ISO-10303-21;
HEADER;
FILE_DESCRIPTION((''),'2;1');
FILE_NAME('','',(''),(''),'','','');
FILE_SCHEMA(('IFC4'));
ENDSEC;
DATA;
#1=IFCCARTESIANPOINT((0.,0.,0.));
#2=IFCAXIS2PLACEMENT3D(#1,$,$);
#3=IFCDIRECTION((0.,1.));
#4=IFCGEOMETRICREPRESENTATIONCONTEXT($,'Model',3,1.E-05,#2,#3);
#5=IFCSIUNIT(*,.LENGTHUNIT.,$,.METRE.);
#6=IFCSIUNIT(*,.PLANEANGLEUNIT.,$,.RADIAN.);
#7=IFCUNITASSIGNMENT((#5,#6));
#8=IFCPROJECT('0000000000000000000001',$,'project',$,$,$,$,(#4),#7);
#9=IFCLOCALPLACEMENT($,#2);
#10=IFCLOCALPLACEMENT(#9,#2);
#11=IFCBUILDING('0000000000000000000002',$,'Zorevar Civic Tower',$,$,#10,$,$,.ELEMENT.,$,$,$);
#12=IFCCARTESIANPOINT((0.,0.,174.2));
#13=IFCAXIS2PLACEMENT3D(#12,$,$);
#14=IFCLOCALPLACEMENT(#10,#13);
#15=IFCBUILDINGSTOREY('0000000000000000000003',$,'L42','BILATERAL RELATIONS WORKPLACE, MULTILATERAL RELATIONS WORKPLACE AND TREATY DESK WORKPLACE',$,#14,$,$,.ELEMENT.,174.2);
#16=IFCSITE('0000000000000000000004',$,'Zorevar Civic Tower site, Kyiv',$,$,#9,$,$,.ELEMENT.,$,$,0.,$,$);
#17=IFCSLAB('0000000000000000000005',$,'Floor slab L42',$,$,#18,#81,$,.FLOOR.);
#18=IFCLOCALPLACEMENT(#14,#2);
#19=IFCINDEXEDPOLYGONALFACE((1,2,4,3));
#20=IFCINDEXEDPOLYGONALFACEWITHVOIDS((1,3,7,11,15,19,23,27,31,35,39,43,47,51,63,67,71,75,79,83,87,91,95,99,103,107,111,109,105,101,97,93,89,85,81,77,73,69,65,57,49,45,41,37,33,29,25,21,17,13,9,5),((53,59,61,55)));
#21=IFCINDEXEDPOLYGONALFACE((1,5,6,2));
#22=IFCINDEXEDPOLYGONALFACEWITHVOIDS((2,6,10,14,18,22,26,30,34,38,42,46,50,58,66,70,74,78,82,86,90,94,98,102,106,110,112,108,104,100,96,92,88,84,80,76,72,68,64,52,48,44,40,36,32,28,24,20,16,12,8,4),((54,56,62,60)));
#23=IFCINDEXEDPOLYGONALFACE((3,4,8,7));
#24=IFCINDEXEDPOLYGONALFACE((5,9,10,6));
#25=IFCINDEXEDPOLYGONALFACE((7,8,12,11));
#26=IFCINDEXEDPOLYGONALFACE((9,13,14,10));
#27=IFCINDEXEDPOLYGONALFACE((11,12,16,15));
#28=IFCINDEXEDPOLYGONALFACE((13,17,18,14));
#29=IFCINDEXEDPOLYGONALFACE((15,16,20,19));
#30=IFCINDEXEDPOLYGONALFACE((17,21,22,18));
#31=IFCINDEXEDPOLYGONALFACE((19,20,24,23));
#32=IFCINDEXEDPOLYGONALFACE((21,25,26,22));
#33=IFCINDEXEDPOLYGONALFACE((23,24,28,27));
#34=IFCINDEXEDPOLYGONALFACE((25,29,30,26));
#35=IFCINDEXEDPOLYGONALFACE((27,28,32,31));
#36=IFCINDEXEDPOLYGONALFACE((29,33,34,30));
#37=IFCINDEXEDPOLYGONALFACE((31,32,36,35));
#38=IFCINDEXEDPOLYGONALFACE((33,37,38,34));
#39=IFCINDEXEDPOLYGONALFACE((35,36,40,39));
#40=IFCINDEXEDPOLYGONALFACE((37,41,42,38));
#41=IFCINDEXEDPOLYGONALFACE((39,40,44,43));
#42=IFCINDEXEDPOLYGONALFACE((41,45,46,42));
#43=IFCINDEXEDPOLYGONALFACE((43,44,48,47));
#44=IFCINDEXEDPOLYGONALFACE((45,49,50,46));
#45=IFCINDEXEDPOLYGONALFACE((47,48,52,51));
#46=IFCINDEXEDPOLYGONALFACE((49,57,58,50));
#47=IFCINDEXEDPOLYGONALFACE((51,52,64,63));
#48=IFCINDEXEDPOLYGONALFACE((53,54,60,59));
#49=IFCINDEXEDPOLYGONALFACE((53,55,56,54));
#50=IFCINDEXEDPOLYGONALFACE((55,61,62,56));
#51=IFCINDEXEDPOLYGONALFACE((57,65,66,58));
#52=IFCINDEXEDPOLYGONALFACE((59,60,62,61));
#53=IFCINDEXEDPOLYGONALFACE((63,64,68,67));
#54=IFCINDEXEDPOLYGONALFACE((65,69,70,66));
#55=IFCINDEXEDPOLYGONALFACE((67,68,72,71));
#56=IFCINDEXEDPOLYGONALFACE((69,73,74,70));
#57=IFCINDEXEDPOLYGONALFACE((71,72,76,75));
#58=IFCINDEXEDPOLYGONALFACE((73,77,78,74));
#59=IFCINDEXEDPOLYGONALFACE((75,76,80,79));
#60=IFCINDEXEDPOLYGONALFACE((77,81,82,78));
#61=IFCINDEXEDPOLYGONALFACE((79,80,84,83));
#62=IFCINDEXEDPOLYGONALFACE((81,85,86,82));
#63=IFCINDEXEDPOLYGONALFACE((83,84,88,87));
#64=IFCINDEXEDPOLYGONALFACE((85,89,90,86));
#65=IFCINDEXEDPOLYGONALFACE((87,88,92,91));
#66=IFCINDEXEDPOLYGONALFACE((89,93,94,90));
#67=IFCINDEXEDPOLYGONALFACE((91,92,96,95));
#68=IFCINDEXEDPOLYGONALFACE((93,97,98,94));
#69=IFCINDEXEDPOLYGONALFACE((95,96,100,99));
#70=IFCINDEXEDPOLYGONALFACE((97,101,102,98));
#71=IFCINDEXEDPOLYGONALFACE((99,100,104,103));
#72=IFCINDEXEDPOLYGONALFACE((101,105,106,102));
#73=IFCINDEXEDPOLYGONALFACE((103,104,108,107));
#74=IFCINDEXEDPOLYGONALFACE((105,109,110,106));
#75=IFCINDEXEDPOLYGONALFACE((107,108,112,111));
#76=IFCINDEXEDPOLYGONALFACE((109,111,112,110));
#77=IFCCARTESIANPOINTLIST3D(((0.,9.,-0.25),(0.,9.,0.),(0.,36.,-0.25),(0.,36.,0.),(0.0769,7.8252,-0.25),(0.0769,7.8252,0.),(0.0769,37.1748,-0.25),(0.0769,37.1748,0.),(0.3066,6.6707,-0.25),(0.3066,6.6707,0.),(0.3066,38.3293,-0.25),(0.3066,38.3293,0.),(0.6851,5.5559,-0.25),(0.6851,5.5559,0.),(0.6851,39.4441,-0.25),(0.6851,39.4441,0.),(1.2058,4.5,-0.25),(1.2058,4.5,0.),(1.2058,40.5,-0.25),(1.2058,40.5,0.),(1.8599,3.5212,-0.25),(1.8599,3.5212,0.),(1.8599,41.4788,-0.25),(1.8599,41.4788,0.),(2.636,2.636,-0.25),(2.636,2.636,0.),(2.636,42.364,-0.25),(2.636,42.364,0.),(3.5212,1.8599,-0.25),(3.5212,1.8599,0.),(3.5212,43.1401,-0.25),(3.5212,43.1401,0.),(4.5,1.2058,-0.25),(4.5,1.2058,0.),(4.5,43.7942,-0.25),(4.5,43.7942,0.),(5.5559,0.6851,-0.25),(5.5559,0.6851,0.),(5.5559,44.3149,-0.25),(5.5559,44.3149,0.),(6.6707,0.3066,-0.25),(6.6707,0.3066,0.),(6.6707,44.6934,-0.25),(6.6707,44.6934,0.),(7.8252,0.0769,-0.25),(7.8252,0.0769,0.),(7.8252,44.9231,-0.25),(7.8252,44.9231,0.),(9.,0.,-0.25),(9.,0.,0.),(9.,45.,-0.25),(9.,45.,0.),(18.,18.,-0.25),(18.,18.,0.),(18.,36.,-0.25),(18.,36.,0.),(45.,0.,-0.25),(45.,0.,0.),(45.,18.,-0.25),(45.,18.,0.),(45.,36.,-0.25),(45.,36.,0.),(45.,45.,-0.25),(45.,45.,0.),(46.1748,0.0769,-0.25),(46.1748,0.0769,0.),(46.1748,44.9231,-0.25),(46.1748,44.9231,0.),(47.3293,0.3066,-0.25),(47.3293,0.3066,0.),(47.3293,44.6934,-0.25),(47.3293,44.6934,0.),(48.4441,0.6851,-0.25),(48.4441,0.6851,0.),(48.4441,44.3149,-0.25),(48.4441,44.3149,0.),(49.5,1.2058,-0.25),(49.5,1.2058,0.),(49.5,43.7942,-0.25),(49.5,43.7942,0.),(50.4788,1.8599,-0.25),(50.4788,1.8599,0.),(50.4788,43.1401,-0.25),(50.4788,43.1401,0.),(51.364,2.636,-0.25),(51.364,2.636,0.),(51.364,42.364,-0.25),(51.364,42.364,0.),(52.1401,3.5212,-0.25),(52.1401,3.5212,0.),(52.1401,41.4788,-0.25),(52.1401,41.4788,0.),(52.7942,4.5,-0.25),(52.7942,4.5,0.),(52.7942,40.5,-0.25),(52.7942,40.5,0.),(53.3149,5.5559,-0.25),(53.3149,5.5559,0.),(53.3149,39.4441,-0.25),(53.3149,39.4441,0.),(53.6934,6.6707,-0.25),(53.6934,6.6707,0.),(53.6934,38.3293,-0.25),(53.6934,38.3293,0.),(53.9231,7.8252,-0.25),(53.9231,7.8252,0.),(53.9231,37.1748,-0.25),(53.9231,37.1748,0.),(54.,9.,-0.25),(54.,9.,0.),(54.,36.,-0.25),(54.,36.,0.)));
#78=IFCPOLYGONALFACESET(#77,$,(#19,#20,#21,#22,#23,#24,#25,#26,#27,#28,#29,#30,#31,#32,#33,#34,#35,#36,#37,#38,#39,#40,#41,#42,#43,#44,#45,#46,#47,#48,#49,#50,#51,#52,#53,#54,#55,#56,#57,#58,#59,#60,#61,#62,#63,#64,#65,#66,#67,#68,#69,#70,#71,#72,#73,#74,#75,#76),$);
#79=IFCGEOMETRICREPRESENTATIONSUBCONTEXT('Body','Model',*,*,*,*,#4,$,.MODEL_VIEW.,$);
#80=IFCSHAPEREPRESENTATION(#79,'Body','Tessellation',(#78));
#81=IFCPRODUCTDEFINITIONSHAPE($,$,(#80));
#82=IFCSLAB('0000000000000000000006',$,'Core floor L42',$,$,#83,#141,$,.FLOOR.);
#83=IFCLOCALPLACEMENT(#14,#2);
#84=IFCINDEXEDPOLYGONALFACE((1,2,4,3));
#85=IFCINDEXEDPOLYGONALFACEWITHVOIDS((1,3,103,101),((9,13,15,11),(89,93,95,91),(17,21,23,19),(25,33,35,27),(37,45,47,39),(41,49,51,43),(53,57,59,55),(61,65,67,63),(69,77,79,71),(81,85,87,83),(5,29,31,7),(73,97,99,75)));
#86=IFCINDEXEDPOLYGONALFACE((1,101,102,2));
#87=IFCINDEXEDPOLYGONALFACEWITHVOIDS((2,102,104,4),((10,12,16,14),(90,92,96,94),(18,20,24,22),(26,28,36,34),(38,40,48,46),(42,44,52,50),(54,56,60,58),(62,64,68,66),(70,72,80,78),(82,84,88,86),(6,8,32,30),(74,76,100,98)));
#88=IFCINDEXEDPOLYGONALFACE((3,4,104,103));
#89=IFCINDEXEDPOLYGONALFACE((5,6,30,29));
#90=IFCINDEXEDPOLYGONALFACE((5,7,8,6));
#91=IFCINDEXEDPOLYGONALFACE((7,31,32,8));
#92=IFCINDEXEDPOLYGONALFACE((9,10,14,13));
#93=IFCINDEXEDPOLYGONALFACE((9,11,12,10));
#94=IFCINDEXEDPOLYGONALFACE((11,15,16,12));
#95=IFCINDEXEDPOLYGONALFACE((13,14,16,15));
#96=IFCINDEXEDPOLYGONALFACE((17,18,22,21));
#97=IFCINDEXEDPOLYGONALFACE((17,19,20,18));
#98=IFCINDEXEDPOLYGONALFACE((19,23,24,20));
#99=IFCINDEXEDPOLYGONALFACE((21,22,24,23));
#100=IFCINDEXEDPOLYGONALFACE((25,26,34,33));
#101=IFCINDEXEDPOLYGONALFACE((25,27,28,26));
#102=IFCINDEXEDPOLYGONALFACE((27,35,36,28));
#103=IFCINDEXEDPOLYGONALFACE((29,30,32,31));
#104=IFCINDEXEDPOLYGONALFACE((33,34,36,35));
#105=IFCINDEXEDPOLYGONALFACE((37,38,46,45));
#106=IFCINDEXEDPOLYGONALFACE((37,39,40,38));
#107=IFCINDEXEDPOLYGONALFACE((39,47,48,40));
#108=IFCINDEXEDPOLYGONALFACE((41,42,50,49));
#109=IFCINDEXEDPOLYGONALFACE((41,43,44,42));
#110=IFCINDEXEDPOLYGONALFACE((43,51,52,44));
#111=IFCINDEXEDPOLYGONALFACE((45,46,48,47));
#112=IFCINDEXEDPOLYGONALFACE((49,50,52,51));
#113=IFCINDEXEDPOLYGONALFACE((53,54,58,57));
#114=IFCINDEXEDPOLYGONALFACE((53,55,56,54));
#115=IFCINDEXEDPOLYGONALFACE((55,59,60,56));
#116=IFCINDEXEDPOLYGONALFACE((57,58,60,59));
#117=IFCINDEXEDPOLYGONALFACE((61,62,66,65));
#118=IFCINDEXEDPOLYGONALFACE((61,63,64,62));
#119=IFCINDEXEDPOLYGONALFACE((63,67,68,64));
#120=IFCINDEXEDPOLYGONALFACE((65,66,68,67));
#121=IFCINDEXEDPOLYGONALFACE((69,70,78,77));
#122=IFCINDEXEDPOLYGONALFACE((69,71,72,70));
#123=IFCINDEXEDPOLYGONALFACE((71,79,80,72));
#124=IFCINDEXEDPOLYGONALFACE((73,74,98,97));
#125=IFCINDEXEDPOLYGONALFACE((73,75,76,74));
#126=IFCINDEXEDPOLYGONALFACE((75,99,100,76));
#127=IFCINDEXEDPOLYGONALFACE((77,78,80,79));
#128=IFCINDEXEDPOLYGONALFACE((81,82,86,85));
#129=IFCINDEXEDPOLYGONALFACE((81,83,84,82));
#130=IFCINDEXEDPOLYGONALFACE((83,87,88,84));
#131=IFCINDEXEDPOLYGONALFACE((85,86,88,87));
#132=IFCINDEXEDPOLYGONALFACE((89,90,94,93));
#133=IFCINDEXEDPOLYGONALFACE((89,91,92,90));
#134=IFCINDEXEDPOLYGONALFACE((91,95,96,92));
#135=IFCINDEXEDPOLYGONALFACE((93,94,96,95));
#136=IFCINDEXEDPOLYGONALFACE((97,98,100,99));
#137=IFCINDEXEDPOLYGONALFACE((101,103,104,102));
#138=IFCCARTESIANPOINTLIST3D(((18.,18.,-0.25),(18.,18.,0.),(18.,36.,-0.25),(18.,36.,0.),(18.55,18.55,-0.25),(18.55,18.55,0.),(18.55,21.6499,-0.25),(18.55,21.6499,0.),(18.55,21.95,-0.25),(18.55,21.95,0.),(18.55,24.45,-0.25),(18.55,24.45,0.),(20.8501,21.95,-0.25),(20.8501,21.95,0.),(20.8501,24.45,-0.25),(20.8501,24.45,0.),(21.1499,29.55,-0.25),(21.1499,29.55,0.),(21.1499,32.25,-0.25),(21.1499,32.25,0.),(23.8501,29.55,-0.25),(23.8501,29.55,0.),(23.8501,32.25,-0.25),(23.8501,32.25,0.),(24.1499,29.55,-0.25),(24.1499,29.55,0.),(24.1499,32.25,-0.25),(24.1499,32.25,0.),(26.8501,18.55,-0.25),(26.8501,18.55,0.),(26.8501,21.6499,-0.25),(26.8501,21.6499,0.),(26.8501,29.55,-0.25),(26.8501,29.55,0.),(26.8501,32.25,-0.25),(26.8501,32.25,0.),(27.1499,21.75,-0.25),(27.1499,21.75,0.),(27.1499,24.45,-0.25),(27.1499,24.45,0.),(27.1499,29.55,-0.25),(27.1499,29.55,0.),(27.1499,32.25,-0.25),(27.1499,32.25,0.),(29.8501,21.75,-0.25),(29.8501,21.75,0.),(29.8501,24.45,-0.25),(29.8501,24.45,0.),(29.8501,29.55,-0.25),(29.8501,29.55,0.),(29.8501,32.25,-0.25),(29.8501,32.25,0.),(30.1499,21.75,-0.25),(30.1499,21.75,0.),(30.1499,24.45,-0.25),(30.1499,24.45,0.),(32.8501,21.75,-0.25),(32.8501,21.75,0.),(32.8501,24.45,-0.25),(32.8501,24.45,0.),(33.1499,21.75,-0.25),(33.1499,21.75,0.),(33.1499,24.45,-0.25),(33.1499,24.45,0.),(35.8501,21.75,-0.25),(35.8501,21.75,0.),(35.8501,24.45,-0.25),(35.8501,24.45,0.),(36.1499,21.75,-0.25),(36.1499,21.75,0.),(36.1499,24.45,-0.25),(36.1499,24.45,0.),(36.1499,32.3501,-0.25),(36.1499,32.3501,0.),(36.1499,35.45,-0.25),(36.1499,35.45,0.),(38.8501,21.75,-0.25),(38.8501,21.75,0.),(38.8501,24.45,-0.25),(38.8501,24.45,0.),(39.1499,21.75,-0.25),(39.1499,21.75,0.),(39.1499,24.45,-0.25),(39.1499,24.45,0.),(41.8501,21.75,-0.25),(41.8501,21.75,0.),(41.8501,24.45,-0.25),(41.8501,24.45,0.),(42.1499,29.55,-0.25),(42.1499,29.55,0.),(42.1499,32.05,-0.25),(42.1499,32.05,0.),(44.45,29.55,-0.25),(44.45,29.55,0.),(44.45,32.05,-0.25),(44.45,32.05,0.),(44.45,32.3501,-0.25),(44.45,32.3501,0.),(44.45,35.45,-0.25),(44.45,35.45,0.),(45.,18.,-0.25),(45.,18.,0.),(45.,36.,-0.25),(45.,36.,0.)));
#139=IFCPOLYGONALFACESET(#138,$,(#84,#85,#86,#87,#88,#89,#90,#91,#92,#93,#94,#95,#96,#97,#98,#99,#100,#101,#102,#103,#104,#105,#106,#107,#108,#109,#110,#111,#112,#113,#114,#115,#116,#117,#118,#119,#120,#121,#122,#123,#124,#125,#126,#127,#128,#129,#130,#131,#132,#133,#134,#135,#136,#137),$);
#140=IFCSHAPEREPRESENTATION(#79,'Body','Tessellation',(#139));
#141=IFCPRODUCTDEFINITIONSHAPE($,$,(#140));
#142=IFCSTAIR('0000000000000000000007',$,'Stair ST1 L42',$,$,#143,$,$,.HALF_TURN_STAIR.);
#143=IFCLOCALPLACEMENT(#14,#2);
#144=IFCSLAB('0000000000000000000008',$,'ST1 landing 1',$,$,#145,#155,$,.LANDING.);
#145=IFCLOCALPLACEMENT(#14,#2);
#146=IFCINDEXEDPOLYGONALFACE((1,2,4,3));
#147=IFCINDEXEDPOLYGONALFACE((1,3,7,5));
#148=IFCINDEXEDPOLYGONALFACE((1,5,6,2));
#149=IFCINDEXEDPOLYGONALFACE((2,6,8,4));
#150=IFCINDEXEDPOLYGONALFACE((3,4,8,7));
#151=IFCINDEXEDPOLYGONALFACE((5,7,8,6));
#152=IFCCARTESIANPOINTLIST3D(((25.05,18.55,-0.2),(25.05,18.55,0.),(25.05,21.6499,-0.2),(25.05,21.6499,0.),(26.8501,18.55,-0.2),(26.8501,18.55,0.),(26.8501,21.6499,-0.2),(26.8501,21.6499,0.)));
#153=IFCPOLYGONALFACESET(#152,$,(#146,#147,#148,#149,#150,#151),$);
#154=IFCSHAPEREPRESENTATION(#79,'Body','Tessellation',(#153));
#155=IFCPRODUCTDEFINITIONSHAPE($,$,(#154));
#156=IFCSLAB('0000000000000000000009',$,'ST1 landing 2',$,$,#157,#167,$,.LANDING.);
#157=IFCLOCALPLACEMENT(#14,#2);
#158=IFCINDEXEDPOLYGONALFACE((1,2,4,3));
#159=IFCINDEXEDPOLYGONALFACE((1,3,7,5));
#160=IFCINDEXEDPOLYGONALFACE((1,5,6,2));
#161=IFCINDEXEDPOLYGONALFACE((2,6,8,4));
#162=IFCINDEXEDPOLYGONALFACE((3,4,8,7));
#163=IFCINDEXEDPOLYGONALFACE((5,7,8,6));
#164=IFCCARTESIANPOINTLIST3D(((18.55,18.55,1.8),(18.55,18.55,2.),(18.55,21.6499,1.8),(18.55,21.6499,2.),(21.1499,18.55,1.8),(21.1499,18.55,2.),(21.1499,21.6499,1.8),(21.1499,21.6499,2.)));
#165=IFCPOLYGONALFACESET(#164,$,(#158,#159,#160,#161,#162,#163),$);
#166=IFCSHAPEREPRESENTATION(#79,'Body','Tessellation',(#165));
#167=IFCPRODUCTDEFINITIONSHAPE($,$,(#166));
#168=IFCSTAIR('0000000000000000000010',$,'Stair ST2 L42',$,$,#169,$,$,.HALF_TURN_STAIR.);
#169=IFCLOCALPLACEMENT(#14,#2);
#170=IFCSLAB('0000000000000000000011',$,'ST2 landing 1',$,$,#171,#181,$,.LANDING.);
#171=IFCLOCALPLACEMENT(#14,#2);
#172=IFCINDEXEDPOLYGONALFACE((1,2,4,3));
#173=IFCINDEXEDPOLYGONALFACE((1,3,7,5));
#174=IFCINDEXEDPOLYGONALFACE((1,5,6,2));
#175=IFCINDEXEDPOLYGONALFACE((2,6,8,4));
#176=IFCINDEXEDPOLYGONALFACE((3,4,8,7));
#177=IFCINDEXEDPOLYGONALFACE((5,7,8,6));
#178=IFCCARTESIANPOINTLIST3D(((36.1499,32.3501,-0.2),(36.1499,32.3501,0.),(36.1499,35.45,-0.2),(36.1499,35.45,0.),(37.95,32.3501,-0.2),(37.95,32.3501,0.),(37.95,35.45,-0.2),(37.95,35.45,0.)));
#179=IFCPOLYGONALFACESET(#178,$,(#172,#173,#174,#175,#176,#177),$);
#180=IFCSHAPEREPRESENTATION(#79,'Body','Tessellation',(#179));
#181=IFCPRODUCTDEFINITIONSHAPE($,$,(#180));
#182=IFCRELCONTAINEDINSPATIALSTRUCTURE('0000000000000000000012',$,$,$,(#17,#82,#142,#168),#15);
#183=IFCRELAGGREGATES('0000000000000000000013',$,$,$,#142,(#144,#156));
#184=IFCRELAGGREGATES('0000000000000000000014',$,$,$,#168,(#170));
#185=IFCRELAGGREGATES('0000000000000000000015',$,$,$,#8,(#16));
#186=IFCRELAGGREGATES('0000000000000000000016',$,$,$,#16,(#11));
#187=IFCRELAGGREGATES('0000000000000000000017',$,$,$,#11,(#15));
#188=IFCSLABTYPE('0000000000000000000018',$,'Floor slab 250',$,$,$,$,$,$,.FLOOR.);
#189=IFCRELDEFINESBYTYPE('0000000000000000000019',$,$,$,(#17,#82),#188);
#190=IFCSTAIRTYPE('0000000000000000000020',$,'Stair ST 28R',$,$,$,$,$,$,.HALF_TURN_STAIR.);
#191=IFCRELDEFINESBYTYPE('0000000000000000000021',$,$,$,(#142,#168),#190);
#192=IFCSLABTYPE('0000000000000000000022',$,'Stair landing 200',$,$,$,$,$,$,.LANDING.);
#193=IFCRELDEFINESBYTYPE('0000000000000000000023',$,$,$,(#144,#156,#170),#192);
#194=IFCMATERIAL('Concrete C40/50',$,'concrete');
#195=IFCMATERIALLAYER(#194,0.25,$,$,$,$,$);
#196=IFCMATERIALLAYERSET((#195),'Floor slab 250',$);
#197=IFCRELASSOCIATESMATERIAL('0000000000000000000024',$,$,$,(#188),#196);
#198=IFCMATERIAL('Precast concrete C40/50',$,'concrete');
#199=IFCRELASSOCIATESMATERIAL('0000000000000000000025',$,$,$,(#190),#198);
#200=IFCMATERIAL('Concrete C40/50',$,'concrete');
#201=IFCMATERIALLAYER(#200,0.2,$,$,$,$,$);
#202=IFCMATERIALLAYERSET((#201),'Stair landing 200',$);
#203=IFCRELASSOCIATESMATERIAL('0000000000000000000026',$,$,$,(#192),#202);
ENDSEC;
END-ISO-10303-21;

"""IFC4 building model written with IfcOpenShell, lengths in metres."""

from ifc_helpers import new_model, si_unit, direction, frame, origin, place, context, subcontext, project, spatial, polyline, outline, extrude, material, layer, layer_set, type_object, element, aggregate, save


model = new_model("IFC4")

# Units and contexts
model_context = context("Model", 3, precision=1e-05, world=origin(), true_north=direction((0.0, 1.0)))
body_context = subcontext(model_context, "Body", "Model", "MODEL_VIEW")
ifc_project = project(units=[si_unit("LENGTHUNIT", "METRE"), si_unit("PLANEANGLEUNIT", "RADIAN")], contexts=[model_context])

# Site, building, storey
site_placement = place(None, origin())
site = spatial("IfcSite", under=ifc_project, at=site_placement, Name="Zorevar Civic Tower site, Kyiv", CompositionType="ELEMENT", RefElevation=0.0)
building_placement = place(site_placement, origin())
building = spatial("IfcBuilding", under=site, at=building_placement, Name="Zorevar Civic Tower", CompositionType="ELEMENT")
storey_placement = place(building_placement, frame((0.0, 0.0, 174.2)))
storey = spatial("IfcBuildingStorey", under=building, at=storey_placement, Name="L42", Description="BILATERAL RELATIONS WORKPLACE, MULTILATERAL RELATIONS WORKPLACE AND TREATY DESK WORKPLACE", CompositionType="ELEMENT", Elevation=174.2)

# Slabs
ifc_material_1 = material(Name="Concrete C40/50", Category="concrete")
ifc_layer_1 = layer(ifc_material_1, 0.25)
ifc_layer_set_1 = layer_set([ifc_layer_1], Name="Floor slab 250")
slab_type_1 = type_object("IfcSlabType", Name="Floor slab 250", PredefinedType="FLOOR", material=ifc_layer_set_1)
slab_1_placement = place(storey_placement, frame((0.0, 0.0, -0.25)))
element("IfcSlab", 1, at=slab_1_placement, inside=storey, type_object=slab_type_1, Name="Floor slab L42", PredefinedType="FLOOR", context=body_context, shape_type="SweptSolid", body=[
    extrude(outline(polyline([(45.0, 0.0), (46.1748, 0.0769), (47.3293, 0.3066), (48.4441, 0.6851), (49.5, 1.2058), (50.4788, 1.8599), (51.364, 2.636), (52.1401, 3.5212), (52.7942, 4.5), (53.3149, 5.5559), (53.6934, 6.6707), (53.9231, 7.8252), (54.0, 9.0), (54.0, 36.0), (53.9231, 37.1748), (53.6934, 38.3293), (53.3149, 39.4441), (52.7942, 40.5), (52.1401, 41.4788), (51.364, 42.364), (50.4788, 43.1401), (49.5, 43.7942), (48.4441, 44.3149), (47.3293, 44.6934), (46.1748, 44.9231), (45.0, 45.0), (9.0, 45.0), (7.8252, 44.9231), (6.6707, 44.6934), (5.5559, 44.3149), (4.5, 43.7942), (3.5212, 43.1401), (2.636, 42.364), (1.8599, 41.4788), (1.2058, 40.5), (0.6851, 39.4441), (0.3066, 38.3293), (0.0769, 37.1748), (0.0, 36.0), (0.0, 9.0), (0.0769, 7.8252), (0.3066, 6.6707), (0.6851, 5.5559), (1.2058, 4.5), (1.8599, 3.5212), (2.636, 2.636), (3.5212, 1.8599), (4.5, 1.2058), (5.5559, 0.6851), (6.6707, 0.3066), (7.8252, 0.0769), (9.0, 0.0), (45.0, 0.0)]), holes=[polyline([(18.0, 18.0), (45.0, 18.0), (45.0, 36.0), (18.0, 36.0), (18.0, 18.0)])]), origin(), (0.0, 0.0, 1.0), 0.25),
])
slab_2_placement = place(storey_placement, frame((0.0, 0.0, -0.25)))
element("IfcSlab", 2, at=slab_2_placement, inside=storey, type_object=slab_type_1, Name="Core floor L42", PredefinedType="FLOOR", context=body_context, shape_type="SweptSolid", body=[
    extrude(outline(polyline([(18.0, 18.0), (45.0, 18.0), (45.0, 36.0), (18.0, 36.0), (18.0, 18.0)]), holes=[polyline([(18.55, 18.55), (26.8501, 18.55), (26.8501, 21.6499), (18.55, 21.6499), (18.55, 18.55)]), polyline([(36.1499, 32.3501), (44.45, 32.3501), (44.45, 35.45), (36.1499, 35.45), (36.1499, 32.3501)]), polyline([(18.55, 21.95), (20.8501, 21.95), (20.8501, 24.45), (18.55, 24.45), (18.55, 21.95)]), polyline([(42.1499, 29.55), (44.45, 29.55), (44.45, 32.05), (42.1499, 32.05), (42.1499, 29.55)]), polyline([(27.1499, 21.75), (29.8501, 21.75), (29.8501, 24.45), (27.1499, 24.45), (27.1499, 21.75)]), polyline([(30.1499, 21.75), (32.8501, 21.75), (32.8501, 24.45), (30.1499, 24.45), (30.1499, 21.75)]), polyline([(33.1499, 21.75), (35.8501, 21.75), (35.8501, 24.45), (33.1499, 24.45), (33.1499, 21.75)]), polyline([(27.1499, 29.55), (29.8501, 29.55), (29.8501, 32.25), (27.1499, 32.25), (27.1499, 29.55)]), polyline([(36.1499, 21.75), (38.8501, 21.75), (38.8501, 24.45), (36.1499, 24.45), (36.1499, 21.75)]), polyline([(24.1499, 29.55), (26.8501, 29.55), (26.8501, 32.25), (24.1499, 32.25), (24.1499, 29.55)]), polyline([(39.1499, 21.75), (41.8501, 21.75), (41.8501, 24.45), (39.1499, 24.45), (39.1499, 21.75)]), polyline([(21.1499, 29.55), (23.8501, 29.55), (23.8501, 32.25), (21.1499, 32.25), (21.1499, 29.55)])]), origin(), (0.0, 0.0, 1.0), 0.25),
])

# Stairs, slabs
ifc_material_2 = material(Name="Precast concrete C40/50", Category="concrete")
stair_type = type_object("IfcStairType", Name="Stair ST 28R", PredefinedType="HALF_TURN_STAIR", material=ifc_material_2)
stair_1_placement = place(storey_placement, origin())
stair_1 = element("IfcStair", 3, at=stair_1_placement, inside=storey, type_object=stair_type, Name="Stair ST1 L42", PredefinedType="HALF_TURN_STAIR")
ifc_material_3 = material(Name="Concrete C40/50", Category="concrete")
ifc_layer_2 = layer(ifc_material_3, 0.2)
ifc_layer_set_2 = layer_set([ifc_layer_2], Name="Stair landing 200")
slab_type_2 = type_object("IfcSlabType", Name="Stair landing 200", PredefinedType="LANDING", material=ifc_layer_set_2)
slab_3_placement = place(storey_placement, frame((0.0, 0.0, -0.2)))
slab_3 = element("IfcSlab", 4, at=slab_3_placement, type_object=slab_type_2, Name="ST1 landing 1", PredefinedType="LANDING", context=body_context, shape_type="SweptSolid", body=[
    extrude(outline(polyline([(25.05, 18.55), (26.8501, 18.55), (26.8501, 21.6499), (25.05, 21.6499), (25.05, 18.55)])), origin(), (0.0, 0.0, 1.0), 0.2),
])
slab_4_placement = place(storey_placement, frame((0.0, 0.0, 1.8)))
slab_4 = element("IfcSlab", 5, at=slab_4_placement, type_object=slab_type_2, Name="ST1 landing 2", PredefinedType="LANDING", context=body_context, shape_type="SweptSolid", body=[
    extrude(outline(polyline([(18.55, 18.55), (21.1499, 18.55), (21.1499, 21.6499), (18.55, 21.6499), (18.55, 18.55)])), origin(), (0.0, 0.0, 1.0), 0.2),
])
aggregate(stair_1, [slab_3, slab_4])
stair_2_placement = place(storey_placement, origin())
stair_2 = element("IfcStair", 6, at=stair_2_placement, inside=storey, type_object=stair_type, Name="Stair ST2 L42", PredefinedType="HALF_TURN_STAIR")
slab_5_placement = place(storey_placement, frame((0.0, 0.0, -0.2)))
slab_5 = element("IfcSlab", 7, at=slab_5_placement, type_object=slab_type_2, Name="ST2 landing 1", PredefinedType="LANDING", context=body_context, shape_type="SweptSolid", body=[
    extrude(outline(polyline([(37.95, 32.3501), (36.1499, 32.3501), (36.1499, 35.45), (37.95, 35.45), (37.95, 32.3501)])), origin(), (0.0, 0.0, 1.0), 0.2),
])
aggregate(stair_2, [slab_5])

save(model, "model.ifc")
